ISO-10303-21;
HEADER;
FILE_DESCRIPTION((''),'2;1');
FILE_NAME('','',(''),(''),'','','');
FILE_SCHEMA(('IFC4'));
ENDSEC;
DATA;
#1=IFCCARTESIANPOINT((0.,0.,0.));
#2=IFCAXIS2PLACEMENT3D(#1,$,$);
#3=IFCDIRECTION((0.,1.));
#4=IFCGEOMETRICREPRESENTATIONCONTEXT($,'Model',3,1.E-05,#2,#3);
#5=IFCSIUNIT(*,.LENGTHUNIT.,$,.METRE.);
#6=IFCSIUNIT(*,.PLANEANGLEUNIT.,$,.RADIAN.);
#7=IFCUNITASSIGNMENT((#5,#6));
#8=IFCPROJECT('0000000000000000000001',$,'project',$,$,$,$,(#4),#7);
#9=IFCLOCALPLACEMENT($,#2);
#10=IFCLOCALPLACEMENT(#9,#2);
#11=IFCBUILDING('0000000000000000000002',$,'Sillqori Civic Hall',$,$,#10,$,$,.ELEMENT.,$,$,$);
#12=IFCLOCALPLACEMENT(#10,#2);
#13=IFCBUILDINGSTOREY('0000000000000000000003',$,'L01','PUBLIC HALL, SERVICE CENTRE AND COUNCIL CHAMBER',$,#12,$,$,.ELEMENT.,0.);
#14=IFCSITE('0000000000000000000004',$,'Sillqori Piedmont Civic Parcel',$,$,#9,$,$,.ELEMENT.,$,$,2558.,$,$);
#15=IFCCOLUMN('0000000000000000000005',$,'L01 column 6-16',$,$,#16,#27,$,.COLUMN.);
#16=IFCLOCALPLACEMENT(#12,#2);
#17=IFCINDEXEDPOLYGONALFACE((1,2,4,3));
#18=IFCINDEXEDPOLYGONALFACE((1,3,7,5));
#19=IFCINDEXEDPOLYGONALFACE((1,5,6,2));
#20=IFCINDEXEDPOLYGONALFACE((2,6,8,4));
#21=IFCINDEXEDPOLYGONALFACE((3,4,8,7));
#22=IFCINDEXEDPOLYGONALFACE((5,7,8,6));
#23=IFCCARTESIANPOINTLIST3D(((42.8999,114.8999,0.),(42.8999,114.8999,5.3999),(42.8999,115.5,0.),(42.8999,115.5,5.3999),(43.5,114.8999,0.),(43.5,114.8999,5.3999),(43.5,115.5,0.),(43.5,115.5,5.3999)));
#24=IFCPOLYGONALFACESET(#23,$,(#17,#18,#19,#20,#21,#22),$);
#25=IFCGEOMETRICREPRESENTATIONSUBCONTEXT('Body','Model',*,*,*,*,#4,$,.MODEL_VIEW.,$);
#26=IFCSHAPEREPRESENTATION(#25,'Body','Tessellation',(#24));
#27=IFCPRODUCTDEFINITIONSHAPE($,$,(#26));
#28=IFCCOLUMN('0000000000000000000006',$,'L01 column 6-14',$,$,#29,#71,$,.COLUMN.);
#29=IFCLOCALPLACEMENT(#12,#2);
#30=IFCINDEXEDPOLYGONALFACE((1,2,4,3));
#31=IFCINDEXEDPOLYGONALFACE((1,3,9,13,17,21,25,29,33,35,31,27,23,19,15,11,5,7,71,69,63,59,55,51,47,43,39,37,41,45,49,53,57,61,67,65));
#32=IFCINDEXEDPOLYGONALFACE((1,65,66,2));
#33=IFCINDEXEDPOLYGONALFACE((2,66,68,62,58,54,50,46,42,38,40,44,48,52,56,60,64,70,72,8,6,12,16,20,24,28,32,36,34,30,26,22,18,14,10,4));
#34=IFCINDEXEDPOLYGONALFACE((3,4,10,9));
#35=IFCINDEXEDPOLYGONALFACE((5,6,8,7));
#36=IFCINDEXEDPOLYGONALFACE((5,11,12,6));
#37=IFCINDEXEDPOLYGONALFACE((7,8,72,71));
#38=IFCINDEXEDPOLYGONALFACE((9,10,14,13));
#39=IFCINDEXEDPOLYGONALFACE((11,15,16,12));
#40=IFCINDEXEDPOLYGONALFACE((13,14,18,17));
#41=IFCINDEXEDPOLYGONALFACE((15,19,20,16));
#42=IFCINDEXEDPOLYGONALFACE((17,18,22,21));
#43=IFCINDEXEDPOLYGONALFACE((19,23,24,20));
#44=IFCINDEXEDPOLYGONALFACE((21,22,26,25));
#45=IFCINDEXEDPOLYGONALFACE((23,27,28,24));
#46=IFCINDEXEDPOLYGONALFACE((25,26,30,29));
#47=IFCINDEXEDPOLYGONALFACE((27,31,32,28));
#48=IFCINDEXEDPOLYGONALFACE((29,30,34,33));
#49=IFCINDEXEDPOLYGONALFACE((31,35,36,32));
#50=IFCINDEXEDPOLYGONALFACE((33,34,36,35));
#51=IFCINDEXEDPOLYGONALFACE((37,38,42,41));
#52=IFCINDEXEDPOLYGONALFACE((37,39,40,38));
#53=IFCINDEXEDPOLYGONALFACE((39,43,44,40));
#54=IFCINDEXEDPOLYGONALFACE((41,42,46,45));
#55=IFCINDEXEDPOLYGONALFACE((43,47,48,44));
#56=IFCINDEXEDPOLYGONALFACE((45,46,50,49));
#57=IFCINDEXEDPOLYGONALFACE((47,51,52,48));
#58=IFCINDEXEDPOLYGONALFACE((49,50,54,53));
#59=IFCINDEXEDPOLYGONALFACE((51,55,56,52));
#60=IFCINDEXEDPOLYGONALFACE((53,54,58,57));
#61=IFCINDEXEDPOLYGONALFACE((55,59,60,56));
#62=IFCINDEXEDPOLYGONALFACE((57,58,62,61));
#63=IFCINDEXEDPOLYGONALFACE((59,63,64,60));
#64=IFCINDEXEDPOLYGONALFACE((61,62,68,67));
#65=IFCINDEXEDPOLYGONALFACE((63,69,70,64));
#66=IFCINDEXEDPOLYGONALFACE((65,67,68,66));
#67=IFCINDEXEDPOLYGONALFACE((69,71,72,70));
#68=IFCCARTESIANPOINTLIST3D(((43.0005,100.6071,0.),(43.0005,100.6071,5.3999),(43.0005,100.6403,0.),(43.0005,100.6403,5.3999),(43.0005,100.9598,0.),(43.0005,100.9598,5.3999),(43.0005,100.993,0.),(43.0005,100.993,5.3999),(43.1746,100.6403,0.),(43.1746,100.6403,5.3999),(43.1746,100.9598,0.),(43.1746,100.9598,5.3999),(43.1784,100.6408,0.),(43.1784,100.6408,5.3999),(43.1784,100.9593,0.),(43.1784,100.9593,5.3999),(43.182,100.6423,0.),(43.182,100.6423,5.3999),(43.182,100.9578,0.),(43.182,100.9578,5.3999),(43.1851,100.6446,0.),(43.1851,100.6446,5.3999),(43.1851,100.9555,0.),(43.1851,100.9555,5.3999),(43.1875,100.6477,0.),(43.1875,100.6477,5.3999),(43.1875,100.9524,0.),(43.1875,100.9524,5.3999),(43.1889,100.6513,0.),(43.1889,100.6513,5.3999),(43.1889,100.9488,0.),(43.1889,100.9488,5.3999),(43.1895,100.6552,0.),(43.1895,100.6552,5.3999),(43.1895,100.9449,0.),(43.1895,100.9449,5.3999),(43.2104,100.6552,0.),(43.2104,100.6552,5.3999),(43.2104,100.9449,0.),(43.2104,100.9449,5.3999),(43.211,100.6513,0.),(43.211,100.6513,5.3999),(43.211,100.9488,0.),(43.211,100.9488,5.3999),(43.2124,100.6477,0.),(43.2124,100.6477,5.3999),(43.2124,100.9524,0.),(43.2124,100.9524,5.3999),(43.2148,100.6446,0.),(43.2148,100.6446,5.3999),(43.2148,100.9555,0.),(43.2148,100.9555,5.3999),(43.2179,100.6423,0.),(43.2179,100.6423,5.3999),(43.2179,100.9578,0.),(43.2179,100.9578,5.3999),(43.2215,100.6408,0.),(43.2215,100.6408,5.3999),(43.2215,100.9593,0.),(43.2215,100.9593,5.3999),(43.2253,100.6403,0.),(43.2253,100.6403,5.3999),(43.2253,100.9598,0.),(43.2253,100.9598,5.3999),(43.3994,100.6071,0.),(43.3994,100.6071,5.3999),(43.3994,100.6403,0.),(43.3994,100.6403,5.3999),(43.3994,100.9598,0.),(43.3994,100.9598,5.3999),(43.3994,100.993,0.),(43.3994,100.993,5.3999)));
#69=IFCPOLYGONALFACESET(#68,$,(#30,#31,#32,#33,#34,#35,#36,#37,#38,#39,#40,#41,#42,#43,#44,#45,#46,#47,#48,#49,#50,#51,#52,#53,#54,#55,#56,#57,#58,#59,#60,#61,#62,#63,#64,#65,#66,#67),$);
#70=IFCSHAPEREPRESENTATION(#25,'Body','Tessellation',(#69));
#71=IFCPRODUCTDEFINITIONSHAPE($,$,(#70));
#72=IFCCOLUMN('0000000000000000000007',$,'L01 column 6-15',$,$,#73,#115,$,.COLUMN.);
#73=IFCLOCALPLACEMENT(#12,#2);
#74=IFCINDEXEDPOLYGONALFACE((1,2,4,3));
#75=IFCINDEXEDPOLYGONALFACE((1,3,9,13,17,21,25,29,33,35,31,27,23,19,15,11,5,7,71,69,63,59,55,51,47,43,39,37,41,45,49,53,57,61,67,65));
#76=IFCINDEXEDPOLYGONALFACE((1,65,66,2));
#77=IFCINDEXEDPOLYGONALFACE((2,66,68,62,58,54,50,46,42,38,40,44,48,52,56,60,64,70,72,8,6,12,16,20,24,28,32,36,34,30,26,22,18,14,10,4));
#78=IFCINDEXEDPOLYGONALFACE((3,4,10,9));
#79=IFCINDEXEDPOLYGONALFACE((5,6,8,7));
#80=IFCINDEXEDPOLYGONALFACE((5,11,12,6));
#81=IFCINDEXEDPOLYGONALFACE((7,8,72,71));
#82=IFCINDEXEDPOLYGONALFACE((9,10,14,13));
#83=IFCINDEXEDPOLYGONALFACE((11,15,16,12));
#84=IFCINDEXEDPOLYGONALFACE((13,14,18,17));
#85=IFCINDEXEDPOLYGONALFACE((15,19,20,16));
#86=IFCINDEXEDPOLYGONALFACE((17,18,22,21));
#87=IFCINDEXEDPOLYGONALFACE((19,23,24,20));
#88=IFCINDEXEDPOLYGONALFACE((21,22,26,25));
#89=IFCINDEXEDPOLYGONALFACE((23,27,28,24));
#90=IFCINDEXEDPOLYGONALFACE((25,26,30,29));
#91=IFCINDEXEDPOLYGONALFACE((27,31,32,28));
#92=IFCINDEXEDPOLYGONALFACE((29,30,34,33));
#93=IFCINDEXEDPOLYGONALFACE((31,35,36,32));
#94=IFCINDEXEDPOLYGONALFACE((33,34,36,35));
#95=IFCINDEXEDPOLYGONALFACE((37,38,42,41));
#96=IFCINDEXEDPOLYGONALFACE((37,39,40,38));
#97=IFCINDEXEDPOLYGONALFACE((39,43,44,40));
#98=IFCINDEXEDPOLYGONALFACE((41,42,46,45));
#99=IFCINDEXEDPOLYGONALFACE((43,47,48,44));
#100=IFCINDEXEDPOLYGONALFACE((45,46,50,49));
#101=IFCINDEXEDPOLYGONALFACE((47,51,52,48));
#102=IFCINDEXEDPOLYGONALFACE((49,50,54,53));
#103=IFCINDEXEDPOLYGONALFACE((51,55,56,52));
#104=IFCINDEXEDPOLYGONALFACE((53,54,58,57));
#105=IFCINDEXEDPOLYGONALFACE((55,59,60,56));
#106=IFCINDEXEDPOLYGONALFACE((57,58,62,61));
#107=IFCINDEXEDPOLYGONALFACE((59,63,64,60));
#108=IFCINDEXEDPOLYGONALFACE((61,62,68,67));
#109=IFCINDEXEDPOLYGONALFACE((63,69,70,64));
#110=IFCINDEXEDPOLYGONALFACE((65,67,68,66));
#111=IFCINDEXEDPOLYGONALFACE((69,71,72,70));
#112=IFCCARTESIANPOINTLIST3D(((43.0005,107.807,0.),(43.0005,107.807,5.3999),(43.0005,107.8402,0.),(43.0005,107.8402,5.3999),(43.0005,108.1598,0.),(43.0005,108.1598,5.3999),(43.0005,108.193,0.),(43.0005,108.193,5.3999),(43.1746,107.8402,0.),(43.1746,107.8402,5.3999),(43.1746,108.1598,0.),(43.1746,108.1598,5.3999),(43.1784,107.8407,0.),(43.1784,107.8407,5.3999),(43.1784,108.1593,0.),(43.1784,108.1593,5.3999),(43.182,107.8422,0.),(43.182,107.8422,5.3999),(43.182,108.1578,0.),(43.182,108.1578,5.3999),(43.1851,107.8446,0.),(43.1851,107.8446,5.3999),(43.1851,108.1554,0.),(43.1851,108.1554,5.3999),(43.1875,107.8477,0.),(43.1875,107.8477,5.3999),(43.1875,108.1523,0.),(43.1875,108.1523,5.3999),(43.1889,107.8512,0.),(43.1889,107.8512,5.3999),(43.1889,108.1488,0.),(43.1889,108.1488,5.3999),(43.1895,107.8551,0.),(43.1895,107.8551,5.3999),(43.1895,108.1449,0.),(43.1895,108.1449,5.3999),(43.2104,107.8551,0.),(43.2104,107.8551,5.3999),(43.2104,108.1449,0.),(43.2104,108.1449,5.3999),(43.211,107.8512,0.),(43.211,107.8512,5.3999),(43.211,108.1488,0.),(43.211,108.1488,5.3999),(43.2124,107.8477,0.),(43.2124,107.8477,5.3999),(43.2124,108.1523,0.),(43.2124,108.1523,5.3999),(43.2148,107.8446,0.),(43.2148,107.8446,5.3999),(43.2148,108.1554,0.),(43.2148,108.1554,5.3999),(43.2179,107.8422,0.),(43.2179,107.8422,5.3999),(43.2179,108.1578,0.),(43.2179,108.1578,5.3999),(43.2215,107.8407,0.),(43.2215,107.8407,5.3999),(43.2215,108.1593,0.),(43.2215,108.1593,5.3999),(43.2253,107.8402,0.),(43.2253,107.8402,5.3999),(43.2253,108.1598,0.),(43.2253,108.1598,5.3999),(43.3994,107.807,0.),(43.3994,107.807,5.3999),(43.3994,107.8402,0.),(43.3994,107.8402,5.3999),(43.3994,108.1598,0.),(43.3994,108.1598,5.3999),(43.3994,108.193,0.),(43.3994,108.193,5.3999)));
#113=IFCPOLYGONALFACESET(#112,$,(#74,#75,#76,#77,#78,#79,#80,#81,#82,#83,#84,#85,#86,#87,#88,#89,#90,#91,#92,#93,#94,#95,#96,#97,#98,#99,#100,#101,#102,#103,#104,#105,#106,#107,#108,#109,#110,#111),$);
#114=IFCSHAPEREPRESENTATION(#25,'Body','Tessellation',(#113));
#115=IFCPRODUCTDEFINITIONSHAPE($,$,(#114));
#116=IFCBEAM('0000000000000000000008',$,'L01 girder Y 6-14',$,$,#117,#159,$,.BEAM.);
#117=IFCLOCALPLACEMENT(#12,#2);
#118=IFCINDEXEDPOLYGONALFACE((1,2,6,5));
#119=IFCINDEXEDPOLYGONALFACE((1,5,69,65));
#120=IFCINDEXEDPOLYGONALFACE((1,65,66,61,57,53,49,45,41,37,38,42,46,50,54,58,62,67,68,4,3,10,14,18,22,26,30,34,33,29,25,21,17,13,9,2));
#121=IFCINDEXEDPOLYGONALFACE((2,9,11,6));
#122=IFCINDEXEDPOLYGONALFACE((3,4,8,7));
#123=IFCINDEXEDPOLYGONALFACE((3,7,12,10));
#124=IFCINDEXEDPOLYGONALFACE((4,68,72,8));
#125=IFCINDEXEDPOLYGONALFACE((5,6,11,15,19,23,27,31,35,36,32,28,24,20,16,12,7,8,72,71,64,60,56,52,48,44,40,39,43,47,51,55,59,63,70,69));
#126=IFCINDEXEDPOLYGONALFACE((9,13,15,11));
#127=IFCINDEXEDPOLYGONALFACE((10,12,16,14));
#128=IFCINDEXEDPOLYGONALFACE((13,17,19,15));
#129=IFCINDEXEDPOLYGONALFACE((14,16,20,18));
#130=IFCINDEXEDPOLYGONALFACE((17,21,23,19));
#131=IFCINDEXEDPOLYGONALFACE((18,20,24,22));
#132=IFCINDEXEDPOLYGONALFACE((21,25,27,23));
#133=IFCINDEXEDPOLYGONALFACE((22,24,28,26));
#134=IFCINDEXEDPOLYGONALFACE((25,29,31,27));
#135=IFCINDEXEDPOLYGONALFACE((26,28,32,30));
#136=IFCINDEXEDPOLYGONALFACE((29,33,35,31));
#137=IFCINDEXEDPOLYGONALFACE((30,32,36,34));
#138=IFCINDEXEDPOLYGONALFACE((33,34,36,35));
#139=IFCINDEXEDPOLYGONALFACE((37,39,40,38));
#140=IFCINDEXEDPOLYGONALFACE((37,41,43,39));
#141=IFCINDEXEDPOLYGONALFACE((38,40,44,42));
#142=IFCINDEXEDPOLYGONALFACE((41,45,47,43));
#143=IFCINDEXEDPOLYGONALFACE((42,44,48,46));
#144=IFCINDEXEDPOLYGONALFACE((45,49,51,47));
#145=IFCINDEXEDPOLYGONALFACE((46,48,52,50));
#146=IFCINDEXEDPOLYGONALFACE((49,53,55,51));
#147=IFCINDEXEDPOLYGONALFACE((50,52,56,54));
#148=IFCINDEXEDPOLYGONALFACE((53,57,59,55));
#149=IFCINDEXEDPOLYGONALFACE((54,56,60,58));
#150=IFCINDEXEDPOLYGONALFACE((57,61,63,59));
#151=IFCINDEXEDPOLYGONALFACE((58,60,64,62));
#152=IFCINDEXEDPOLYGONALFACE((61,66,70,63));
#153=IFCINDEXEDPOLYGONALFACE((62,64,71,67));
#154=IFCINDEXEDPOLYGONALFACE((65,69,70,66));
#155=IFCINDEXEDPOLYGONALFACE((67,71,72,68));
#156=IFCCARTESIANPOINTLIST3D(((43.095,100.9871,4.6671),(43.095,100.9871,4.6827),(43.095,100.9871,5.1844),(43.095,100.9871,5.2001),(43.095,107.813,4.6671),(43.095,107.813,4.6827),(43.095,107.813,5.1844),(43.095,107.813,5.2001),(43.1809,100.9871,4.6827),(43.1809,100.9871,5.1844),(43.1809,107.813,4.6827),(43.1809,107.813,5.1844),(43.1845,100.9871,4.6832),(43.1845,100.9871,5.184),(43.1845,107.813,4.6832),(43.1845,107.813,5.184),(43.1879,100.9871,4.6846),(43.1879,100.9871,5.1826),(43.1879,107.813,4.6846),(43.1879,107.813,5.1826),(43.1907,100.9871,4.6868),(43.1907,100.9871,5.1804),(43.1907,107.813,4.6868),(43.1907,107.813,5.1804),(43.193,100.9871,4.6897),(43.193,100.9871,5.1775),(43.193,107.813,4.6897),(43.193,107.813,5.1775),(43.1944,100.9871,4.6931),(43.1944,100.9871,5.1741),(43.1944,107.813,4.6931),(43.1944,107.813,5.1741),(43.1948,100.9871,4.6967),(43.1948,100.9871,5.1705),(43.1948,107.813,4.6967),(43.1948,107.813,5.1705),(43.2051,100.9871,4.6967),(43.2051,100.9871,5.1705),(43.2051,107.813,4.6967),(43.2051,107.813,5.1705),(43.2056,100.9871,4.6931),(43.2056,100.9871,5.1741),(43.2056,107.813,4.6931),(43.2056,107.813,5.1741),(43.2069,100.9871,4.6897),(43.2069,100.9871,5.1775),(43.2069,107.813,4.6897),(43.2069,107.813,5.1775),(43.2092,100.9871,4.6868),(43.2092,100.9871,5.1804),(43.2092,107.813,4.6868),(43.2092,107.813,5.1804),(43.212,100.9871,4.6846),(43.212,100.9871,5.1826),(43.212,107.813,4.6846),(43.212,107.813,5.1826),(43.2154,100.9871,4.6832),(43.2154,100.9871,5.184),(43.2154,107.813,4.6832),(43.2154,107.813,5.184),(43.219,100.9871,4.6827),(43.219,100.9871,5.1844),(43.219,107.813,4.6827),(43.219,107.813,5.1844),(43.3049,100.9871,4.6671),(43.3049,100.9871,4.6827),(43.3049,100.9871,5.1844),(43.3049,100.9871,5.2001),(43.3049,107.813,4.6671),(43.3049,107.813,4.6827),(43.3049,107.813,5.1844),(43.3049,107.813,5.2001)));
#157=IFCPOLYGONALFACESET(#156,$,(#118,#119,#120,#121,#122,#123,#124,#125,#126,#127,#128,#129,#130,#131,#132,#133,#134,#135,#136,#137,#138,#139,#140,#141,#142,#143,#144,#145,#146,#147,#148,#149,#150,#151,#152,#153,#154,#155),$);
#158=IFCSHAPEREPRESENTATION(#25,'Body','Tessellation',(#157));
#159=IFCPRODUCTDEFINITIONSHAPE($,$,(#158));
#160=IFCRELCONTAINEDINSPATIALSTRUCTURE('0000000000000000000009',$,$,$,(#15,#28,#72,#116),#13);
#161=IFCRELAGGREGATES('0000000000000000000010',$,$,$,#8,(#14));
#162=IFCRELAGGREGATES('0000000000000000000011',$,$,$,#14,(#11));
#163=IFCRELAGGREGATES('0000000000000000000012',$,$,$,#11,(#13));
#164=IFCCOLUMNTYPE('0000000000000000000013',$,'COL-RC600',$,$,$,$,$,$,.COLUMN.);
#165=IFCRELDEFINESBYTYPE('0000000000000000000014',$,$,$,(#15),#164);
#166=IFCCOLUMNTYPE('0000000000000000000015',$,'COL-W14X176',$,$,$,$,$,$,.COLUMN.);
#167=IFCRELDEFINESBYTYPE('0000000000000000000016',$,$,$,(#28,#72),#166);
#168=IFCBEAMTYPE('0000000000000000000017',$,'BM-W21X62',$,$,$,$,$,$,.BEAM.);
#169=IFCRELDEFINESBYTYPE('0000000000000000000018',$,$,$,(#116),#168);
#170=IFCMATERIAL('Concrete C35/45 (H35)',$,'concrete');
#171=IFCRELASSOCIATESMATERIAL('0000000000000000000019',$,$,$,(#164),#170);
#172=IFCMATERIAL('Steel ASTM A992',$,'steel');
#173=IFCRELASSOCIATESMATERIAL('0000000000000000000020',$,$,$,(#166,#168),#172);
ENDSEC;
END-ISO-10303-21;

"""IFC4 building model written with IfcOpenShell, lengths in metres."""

from ifc_helpers import new_model, si_unit, direction, frame, origin, origin_2d, place, context, subcontext, project, spatial, rectangle, i_section, extrude, material, material_profile, profile_set, type_object, element, save


model = new_model("IFC4")

# Units and contexts
model_context = context("Model", 3, precision=1e-05, world=origin(), true_north=direction((0.0, 1.0)))
body_context = subcontext(model_context, "Body", "Model", "MODEL_VIEW")
ifc_project = project(units=[si_unit("LENGTHUNIT", "METRE"), si_unit("PLANEANGLEUNIT", "RADIAN")], contexts=[model_context])

# Site, building, storey
site_placement = place(None, origin())
site = spatial("IfcSite", under=ifc_project, at=site_placement, Name="Sillqori Piedmont Civic Parcel", CompositionType="ELEMENT", RefElevation=2558.0)
building_placement = place(site_placement, origin())
building = spatial("IfcBuilding", under=site, at=building_placement, Name="Sillqori Civic Hall", CompositionType="ELEMENT")
storey_placement = place(building_placement, origin())
storey = spatial("IfcBuildingStorey", under=building, at=storey_placement, Name="L01", Description="PUBLIC HALL, SERVICE CENTRE AND COUNCIL CHAMBER", CompositionType="ELEMENT", Elevation=0.0)

# Columns
ifc_material_1 = material(Name="Concrete C35/45 (H35)", Category="concrete")
ifc_material_profile_1 = material_profile(ifc_material_1, rectangle(XDim=0.6001, YDim=0.6001, at=origin_2d()), Name="RC 600x600")
ifc_profile_set_1 = profile_set([ifc_material_profile_1], Name="Concrete C35/45 (H35)")
column_type_1 = type_object("IfcColumnType", Name="COL-RC600", PredefinedType="COLUMN", material=ifc_profile_set_1)
column_placement = place(storey_placement, frame((43.2, 115.2, 0.0), z_axis=(0.0, 0.0, 1.0), x_axis=(1.0, 0.0, 0.0)))
element("IfcColumn", 1, at=column_placement, inside=storey, type_object=column_type_1, Name="L01 column 6-16", PredefinedType="COLUMN", context=body_context, shape_type="SweptSolid", body=[
    extrude(rectangle(XDim=0.6001, YDim=0.6001, at=origin_2d()), origin(), (0.0, 0.0, 1.0), 5.3999),
])
ifc_material_2 = material(Name="Steel ASTM A992", Category="steel")
ifc_material_profile_2 = material_profile(ifc_material_2, i_section(OverallWidth=0.3989, OverallDepth=0.386, WebThickness=0.021, FlangeThickness=0.0332, FilletRadius=0.0149, at=origin_2d()), Name="W14X176")
ifc_profile_set_2 = profile_set([ifc_material_profile_2], Name="Steel ASTM A992")
column_type_2 = type_object("IfcColumnType", Name="COL-W14X176", PredefinedType="COLUMN", material=ifc_profile_set_2)
for number, where, z_axis, x_axis, name in (
    (2, (43.2, 100.8, 0.0), (0.0, 0.0, 1.0), (1.0, 0.0, 0.0), "L01 column 6-14"),
    (3, (43.2, 108.0, 0.0), (0.0, 0.0, 1.0), (1.0, 0.0, 0.0), "L01 column 6-15"),
):
    element("IfcColumn", number, at=place(storey_placement, frame(where, z_axis=z_axis, x_axis=x_axis)), inside=storey, type_object=column_type_2, Name=name, PredefinedType="COLUMN", context=body_context, shape_type="SweptSolid", body=[
        extrude(i_section(OverallWidth=0.3989, OverallDepth=0.386, WebThickness=0.021, FlangeThickness=0.0332, FilletRadius=0.0149, at=origin_2d()), origin(), (0.0, 0.0, 1.0), 5.3999),
    ])

# Beam
ifc_material_profile_3 = material_profile(ifc_material_2, i_section(OverallWidth=0.21, OverallDepth=0.533, WebThickness=0.0103, FlangeThickness=0.0156, FilletRadius=0.0139, at=origin_2d()), Name="W21X62")
ifc_profile_set_3 = profile_set([ifc_material_profile_3], Name="Steel ASTM A992")
beam_type_1 = type_object("IfcBeamType", Name="BM-W21X62", PredefinedType="BEAM", material=ifc_profile_set_3)
beam_1_placement = place(storey_placement, frame((43.2, 100.9871, 4.9336), z_axis=(0.0, 1.0, 0.0), x_axis=(-1.0, 0.0, 0.0)))
element("IfcBeam", 4, at=beam_1_placement, inside=storey, type_object=beam_type_1, Name="L01 girder Y 6-14", PredefinedType="BEAM", context=body_context, shape_type="SweptSolid", body=[
    extrude(i_section(OverallWidth=0.21, OverallDepth=0.533, WebThickness=0.0103, FlangeThickness=0.0156, FilletRadius=0.0139, at=origin_2d()), origin(), (0.0, 0.0, 1.0), 6.8259),
])

save(model, "model.ifc")
